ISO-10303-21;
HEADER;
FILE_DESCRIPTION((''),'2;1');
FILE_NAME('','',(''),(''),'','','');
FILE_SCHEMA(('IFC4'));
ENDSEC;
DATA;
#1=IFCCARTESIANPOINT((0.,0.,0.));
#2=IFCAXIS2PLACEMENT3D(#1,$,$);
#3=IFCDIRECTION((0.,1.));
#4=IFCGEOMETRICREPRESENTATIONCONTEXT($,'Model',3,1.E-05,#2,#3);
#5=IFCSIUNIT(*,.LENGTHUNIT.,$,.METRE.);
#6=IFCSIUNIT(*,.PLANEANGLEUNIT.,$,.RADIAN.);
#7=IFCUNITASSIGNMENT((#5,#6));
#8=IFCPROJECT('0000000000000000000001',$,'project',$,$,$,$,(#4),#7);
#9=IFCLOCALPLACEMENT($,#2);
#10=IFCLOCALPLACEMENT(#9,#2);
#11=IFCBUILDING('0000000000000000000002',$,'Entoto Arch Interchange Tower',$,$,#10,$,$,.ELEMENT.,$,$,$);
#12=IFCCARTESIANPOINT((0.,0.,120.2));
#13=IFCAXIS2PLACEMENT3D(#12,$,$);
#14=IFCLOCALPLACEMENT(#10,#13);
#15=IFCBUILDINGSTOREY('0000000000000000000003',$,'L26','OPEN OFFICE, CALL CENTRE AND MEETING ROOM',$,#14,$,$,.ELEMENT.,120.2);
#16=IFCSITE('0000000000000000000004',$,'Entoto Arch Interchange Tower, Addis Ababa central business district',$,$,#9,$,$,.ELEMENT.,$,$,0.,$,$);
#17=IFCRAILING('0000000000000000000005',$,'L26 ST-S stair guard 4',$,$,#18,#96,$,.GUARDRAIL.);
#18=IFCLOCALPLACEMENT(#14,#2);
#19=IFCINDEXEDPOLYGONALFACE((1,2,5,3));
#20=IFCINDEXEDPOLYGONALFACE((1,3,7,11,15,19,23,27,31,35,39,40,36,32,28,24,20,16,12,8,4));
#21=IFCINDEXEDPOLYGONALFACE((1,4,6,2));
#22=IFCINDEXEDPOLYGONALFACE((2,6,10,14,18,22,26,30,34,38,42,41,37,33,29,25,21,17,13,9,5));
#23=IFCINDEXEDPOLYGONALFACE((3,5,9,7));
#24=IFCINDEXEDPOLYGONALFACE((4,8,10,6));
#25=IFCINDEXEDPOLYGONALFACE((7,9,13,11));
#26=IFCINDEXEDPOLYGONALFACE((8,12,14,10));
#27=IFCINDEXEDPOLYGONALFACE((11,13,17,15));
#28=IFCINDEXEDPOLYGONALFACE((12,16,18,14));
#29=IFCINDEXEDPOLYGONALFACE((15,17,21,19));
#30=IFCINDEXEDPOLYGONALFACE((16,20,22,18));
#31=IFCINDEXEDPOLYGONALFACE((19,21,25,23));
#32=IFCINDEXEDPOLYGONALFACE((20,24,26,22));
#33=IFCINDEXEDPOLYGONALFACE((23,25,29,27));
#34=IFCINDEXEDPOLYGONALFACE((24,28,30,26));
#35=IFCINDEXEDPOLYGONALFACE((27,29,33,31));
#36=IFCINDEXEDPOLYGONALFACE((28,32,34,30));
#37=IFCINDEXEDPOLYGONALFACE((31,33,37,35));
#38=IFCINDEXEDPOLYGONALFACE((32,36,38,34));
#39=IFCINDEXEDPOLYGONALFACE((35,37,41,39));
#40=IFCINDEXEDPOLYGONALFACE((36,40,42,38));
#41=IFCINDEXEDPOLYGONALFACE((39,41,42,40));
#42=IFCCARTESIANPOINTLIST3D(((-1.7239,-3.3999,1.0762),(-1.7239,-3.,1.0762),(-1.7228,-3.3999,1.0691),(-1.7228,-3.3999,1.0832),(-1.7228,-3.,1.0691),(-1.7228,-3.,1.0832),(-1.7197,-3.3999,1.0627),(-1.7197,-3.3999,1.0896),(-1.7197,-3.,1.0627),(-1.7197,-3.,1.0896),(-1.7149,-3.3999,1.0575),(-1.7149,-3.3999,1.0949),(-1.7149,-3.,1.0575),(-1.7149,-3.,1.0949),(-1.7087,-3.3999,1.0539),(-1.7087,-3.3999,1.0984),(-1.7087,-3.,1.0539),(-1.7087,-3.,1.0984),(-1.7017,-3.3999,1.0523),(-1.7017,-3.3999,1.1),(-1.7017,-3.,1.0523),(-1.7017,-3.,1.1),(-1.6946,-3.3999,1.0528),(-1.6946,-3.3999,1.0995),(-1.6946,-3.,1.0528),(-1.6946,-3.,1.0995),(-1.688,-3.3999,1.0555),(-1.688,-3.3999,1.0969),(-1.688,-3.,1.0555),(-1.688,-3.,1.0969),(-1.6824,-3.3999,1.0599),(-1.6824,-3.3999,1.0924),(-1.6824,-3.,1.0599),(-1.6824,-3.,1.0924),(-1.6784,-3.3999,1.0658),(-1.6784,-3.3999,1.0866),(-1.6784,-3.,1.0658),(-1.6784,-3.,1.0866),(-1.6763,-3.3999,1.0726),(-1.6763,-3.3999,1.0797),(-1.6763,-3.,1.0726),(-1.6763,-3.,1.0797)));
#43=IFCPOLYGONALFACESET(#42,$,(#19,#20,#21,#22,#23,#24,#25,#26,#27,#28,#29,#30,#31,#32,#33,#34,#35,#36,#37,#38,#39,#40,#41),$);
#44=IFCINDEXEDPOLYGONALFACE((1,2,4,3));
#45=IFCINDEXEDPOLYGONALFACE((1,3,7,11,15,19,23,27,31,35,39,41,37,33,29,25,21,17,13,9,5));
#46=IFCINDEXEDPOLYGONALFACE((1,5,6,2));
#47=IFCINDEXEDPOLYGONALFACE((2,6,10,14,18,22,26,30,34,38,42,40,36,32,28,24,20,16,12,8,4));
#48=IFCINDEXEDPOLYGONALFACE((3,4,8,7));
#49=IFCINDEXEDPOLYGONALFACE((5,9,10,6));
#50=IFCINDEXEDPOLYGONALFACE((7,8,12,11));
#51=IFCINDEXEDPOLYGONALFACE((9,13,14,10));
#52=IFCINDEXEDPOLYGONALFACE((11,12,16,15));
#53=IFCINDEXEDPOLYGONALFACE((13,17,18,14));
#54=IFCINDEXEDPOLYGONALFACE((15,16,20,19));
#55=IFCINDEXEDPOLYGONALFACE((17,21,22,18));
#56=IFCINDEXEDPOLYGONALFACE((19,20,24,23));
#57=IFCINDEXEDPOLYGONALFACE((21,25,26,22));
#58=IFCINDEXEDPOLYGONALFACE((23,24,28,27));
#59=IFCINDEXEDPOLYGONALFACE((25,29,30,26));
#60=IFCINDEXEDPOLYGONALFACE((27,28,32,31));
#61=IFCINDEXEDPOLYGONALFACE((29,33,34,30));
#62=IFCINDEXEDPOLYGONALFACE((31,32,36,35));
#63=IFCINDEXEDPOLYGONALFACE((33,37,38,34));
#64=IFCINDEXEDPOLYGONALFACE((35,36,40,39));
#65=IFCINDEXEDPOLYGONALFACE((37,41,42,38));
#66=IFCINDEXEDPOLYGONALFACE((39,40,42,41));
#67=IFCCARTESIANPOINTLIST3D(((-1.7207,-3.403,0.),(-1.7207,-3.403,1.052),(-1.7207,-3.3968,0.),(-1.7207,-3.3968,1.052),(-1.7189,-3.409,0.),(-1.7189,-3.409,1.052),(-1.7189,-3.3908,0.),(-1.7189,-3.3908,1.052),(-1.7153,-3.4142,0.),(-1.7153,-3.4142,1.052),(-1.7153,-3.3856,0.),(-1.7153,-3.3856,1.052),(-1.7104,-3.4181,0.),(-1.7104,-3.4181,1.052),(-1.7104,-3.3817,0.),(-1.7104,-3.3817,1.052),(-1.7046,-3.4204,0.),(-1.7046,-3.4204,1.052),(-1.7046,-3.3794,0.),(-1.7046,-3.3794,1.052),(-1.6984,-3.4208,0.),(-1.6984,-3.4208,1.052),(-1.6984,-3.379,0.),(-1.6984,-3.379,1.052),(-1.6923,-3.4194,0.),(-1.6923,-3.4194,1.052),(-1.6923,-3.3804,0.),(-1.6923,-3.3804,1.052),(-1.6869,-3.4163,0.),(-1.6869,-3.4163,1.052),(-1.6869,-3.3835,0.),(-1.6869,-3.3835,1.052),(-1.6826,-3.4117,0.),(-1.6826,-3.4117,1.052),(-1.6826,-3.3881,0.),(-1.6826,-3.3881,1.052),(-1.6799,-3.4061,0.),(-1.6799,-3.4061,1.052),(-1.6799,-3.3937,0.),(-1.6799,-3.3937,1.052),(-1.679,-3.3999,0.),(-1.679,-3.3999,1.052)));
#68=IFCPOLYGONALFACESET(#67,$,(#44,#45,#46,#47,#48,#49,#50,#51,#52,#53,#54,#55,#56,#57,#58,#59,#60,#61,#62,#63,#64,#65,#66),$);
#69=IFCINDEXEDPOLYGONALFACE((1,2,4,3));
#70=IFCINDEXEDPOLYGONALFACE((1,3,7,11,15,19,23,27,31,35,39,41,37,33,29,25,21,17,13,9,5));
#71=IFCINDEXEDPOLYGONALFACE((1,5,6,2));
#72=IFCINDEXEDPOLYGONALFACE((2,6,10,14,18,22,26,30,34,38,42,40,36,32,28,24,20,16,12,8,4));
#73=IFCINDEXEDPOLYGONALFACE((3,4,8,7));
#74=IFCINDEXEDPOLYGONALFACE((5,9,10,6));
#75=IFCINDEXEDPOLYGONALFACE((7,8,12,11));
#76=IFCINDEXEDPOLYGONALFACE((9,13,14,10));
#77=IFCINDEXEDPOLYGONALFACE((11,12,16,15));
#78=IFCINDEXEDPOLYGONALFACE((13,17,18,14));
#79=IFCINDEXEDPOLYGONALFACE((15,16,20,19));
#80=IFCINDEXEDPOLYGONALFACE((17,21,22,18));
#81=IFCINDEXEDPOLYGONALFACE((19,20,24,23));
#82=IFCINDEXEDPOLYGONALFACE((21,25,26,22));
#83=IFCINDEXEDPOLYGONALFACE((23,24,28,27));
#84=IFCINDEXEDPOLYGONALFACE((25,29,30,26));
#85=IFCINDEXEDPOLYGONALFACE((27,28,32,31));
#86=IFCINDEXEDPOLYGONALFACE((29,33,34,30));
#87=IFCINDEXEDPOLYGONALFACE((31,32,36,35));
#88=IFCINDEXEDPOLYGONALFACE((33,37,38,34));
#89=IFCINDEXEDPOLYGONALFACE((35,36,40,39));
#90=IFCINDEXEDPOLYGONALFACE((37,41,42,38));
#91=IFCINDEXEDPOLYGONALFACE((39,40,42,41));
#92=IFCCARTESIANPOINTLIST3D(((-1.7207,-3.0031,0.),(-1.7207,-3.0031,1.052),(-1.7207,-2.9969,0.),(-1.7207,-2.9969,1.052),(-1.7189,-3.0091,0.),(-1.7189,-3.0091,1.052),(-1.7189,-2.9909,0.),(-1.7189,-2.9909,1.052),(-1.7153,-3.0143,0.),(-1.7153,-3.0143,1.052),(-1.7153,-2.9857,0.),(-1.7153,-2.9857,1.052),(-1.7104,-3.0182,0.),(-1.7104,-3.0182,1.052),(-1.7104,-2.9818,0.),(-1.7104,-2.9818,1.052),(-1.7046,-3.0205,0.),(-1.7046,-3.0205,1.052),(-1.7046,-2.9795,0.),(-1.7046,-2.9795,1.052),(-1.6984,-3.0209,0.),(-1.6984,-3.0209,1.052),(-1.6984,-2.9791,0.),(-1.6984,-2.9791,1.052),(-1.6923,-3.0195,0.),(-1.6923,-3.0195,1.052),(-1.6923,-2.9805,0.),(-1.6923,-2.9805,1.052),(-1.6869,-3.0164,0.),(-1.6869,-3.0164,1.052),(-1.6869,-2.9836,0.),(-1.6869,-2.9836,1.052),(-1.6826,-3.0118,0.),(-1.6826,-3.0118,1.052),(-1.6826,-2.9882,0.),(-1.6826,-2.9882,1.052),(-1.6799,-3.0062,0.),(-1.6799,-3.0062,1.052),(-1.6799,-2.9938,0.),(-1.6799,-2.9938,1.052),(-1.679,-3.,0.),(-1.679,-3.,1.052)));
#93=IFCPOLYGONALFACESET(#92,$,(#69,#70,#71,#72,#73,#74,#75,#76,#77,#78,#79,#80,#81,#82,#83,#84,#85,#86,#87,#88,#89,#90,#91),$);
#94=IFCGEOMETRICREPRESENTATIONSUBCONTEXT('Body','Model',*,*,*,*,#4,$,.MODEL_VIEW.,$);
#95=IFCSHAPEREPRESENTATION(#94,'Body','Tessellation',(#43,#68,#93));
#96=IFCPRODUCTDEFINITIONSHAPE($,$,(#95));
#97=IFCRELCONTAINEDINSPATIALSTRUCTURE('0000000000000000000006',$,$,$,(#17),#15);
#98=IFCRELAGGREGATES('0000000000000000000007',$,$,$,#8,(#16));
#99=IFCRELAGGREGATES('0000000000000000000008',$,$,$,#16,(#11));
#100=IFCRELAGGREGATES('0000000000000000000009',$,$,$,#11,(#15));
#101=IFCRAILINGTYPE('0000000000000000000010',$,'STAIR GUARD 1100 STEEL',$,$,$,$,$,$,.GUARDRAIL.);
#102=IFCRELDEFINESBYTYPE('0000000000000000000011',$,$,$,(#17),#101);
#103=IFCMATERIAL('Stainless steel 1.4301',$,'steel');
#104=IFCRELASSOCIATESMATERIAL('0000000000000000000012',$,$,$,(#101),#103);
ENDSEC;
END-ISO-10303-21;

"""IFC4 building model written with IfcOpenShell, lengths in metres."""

from ifc_helpers import new_model, si_unit, direction, frame, origin, origin_2d, place, context, subcontext, project, spatial, circle, extrude, material, type_object, element, save


model = new_model("IFC4")

# Units and contexts
model_context = context("Model", 3, precision=1e-05, world=origin(), true_north=direction((0.0, 1.0)))
body_context = subcontext(model_context, "Body", "Model", "MODEL_VIEW")
ifc_project = project(units=[si_unit("LENGTHUNIT", "METRE"), si_unit("PLANEANGLEUNIT", "RADIAN")], contexts=[model_context])

# Site, building, storey
site_placement = place(None, origin())
site = spatial("IfcSite", under=ifc_project, at=site_placement, Name="Entoto Arch Interchange Tower, Addis Ababa central business district", CompositionType="ELEMENT", RefElevation=0.0)
building_placement = place(site_placement, origin())
building = spatial("IfcBuilding", under=site, at=building_placement, Name="Entoto Arch Interchange Tower", CompositionType="ELEMENT")
storey_placement = place(building_placement, frame((0.0, 0.0, 120.2)))
storey = spatial("IfcBuildingStorey", under=building, at=storey_placement, Name="L26", Description="OPEN OFFICE, CALL CENTRE AND MEETING ROOM", CompositionType="ELEMENT", Elevation=120.2)

# Railing
ifc_material_1 = material(Name="Stainless steel 1.4301", Category="steel")
railing_type_1 = type_object("IfcRailingType", Name="STAIR GUARD 1100 STEEL", PredefinedType="GUARDRAIL", material=ifc_material_1)
railing_1_placement = place(storey_placement, frame((-1.7, -3.3999, 0.0)))
element("IfcRailing", 1, at=railing_1_placement, inside=storey, type_object=railing_type_1, Name="L26 ST-S stair guard 4", PredefinedType="GUARDRAIL", context=body_context, shape_type="SweptSolid", body=[
    extrude(circle(Radius=0.0239, at=origin_2d()), frame((0.0, 0.0, 1.0762), z_axis=(0.0, 1.0, 0.0), x_axis=(-1.0, 0.0, 0.0)), (0.0, 0.0, 1.0), 0.3999),
    extrude(circle(Radius=0.021, at=origin_2d()), origin(), (0.0, 0.0, 1.0), 1.052),
    extrude(circle(Radius=0.021, at=origin_2d()), frame((0.0, 0.3999, 0.0)), (0.0, 0.0, 1.0), 1.052),
])

save(model, "model.ifc")
